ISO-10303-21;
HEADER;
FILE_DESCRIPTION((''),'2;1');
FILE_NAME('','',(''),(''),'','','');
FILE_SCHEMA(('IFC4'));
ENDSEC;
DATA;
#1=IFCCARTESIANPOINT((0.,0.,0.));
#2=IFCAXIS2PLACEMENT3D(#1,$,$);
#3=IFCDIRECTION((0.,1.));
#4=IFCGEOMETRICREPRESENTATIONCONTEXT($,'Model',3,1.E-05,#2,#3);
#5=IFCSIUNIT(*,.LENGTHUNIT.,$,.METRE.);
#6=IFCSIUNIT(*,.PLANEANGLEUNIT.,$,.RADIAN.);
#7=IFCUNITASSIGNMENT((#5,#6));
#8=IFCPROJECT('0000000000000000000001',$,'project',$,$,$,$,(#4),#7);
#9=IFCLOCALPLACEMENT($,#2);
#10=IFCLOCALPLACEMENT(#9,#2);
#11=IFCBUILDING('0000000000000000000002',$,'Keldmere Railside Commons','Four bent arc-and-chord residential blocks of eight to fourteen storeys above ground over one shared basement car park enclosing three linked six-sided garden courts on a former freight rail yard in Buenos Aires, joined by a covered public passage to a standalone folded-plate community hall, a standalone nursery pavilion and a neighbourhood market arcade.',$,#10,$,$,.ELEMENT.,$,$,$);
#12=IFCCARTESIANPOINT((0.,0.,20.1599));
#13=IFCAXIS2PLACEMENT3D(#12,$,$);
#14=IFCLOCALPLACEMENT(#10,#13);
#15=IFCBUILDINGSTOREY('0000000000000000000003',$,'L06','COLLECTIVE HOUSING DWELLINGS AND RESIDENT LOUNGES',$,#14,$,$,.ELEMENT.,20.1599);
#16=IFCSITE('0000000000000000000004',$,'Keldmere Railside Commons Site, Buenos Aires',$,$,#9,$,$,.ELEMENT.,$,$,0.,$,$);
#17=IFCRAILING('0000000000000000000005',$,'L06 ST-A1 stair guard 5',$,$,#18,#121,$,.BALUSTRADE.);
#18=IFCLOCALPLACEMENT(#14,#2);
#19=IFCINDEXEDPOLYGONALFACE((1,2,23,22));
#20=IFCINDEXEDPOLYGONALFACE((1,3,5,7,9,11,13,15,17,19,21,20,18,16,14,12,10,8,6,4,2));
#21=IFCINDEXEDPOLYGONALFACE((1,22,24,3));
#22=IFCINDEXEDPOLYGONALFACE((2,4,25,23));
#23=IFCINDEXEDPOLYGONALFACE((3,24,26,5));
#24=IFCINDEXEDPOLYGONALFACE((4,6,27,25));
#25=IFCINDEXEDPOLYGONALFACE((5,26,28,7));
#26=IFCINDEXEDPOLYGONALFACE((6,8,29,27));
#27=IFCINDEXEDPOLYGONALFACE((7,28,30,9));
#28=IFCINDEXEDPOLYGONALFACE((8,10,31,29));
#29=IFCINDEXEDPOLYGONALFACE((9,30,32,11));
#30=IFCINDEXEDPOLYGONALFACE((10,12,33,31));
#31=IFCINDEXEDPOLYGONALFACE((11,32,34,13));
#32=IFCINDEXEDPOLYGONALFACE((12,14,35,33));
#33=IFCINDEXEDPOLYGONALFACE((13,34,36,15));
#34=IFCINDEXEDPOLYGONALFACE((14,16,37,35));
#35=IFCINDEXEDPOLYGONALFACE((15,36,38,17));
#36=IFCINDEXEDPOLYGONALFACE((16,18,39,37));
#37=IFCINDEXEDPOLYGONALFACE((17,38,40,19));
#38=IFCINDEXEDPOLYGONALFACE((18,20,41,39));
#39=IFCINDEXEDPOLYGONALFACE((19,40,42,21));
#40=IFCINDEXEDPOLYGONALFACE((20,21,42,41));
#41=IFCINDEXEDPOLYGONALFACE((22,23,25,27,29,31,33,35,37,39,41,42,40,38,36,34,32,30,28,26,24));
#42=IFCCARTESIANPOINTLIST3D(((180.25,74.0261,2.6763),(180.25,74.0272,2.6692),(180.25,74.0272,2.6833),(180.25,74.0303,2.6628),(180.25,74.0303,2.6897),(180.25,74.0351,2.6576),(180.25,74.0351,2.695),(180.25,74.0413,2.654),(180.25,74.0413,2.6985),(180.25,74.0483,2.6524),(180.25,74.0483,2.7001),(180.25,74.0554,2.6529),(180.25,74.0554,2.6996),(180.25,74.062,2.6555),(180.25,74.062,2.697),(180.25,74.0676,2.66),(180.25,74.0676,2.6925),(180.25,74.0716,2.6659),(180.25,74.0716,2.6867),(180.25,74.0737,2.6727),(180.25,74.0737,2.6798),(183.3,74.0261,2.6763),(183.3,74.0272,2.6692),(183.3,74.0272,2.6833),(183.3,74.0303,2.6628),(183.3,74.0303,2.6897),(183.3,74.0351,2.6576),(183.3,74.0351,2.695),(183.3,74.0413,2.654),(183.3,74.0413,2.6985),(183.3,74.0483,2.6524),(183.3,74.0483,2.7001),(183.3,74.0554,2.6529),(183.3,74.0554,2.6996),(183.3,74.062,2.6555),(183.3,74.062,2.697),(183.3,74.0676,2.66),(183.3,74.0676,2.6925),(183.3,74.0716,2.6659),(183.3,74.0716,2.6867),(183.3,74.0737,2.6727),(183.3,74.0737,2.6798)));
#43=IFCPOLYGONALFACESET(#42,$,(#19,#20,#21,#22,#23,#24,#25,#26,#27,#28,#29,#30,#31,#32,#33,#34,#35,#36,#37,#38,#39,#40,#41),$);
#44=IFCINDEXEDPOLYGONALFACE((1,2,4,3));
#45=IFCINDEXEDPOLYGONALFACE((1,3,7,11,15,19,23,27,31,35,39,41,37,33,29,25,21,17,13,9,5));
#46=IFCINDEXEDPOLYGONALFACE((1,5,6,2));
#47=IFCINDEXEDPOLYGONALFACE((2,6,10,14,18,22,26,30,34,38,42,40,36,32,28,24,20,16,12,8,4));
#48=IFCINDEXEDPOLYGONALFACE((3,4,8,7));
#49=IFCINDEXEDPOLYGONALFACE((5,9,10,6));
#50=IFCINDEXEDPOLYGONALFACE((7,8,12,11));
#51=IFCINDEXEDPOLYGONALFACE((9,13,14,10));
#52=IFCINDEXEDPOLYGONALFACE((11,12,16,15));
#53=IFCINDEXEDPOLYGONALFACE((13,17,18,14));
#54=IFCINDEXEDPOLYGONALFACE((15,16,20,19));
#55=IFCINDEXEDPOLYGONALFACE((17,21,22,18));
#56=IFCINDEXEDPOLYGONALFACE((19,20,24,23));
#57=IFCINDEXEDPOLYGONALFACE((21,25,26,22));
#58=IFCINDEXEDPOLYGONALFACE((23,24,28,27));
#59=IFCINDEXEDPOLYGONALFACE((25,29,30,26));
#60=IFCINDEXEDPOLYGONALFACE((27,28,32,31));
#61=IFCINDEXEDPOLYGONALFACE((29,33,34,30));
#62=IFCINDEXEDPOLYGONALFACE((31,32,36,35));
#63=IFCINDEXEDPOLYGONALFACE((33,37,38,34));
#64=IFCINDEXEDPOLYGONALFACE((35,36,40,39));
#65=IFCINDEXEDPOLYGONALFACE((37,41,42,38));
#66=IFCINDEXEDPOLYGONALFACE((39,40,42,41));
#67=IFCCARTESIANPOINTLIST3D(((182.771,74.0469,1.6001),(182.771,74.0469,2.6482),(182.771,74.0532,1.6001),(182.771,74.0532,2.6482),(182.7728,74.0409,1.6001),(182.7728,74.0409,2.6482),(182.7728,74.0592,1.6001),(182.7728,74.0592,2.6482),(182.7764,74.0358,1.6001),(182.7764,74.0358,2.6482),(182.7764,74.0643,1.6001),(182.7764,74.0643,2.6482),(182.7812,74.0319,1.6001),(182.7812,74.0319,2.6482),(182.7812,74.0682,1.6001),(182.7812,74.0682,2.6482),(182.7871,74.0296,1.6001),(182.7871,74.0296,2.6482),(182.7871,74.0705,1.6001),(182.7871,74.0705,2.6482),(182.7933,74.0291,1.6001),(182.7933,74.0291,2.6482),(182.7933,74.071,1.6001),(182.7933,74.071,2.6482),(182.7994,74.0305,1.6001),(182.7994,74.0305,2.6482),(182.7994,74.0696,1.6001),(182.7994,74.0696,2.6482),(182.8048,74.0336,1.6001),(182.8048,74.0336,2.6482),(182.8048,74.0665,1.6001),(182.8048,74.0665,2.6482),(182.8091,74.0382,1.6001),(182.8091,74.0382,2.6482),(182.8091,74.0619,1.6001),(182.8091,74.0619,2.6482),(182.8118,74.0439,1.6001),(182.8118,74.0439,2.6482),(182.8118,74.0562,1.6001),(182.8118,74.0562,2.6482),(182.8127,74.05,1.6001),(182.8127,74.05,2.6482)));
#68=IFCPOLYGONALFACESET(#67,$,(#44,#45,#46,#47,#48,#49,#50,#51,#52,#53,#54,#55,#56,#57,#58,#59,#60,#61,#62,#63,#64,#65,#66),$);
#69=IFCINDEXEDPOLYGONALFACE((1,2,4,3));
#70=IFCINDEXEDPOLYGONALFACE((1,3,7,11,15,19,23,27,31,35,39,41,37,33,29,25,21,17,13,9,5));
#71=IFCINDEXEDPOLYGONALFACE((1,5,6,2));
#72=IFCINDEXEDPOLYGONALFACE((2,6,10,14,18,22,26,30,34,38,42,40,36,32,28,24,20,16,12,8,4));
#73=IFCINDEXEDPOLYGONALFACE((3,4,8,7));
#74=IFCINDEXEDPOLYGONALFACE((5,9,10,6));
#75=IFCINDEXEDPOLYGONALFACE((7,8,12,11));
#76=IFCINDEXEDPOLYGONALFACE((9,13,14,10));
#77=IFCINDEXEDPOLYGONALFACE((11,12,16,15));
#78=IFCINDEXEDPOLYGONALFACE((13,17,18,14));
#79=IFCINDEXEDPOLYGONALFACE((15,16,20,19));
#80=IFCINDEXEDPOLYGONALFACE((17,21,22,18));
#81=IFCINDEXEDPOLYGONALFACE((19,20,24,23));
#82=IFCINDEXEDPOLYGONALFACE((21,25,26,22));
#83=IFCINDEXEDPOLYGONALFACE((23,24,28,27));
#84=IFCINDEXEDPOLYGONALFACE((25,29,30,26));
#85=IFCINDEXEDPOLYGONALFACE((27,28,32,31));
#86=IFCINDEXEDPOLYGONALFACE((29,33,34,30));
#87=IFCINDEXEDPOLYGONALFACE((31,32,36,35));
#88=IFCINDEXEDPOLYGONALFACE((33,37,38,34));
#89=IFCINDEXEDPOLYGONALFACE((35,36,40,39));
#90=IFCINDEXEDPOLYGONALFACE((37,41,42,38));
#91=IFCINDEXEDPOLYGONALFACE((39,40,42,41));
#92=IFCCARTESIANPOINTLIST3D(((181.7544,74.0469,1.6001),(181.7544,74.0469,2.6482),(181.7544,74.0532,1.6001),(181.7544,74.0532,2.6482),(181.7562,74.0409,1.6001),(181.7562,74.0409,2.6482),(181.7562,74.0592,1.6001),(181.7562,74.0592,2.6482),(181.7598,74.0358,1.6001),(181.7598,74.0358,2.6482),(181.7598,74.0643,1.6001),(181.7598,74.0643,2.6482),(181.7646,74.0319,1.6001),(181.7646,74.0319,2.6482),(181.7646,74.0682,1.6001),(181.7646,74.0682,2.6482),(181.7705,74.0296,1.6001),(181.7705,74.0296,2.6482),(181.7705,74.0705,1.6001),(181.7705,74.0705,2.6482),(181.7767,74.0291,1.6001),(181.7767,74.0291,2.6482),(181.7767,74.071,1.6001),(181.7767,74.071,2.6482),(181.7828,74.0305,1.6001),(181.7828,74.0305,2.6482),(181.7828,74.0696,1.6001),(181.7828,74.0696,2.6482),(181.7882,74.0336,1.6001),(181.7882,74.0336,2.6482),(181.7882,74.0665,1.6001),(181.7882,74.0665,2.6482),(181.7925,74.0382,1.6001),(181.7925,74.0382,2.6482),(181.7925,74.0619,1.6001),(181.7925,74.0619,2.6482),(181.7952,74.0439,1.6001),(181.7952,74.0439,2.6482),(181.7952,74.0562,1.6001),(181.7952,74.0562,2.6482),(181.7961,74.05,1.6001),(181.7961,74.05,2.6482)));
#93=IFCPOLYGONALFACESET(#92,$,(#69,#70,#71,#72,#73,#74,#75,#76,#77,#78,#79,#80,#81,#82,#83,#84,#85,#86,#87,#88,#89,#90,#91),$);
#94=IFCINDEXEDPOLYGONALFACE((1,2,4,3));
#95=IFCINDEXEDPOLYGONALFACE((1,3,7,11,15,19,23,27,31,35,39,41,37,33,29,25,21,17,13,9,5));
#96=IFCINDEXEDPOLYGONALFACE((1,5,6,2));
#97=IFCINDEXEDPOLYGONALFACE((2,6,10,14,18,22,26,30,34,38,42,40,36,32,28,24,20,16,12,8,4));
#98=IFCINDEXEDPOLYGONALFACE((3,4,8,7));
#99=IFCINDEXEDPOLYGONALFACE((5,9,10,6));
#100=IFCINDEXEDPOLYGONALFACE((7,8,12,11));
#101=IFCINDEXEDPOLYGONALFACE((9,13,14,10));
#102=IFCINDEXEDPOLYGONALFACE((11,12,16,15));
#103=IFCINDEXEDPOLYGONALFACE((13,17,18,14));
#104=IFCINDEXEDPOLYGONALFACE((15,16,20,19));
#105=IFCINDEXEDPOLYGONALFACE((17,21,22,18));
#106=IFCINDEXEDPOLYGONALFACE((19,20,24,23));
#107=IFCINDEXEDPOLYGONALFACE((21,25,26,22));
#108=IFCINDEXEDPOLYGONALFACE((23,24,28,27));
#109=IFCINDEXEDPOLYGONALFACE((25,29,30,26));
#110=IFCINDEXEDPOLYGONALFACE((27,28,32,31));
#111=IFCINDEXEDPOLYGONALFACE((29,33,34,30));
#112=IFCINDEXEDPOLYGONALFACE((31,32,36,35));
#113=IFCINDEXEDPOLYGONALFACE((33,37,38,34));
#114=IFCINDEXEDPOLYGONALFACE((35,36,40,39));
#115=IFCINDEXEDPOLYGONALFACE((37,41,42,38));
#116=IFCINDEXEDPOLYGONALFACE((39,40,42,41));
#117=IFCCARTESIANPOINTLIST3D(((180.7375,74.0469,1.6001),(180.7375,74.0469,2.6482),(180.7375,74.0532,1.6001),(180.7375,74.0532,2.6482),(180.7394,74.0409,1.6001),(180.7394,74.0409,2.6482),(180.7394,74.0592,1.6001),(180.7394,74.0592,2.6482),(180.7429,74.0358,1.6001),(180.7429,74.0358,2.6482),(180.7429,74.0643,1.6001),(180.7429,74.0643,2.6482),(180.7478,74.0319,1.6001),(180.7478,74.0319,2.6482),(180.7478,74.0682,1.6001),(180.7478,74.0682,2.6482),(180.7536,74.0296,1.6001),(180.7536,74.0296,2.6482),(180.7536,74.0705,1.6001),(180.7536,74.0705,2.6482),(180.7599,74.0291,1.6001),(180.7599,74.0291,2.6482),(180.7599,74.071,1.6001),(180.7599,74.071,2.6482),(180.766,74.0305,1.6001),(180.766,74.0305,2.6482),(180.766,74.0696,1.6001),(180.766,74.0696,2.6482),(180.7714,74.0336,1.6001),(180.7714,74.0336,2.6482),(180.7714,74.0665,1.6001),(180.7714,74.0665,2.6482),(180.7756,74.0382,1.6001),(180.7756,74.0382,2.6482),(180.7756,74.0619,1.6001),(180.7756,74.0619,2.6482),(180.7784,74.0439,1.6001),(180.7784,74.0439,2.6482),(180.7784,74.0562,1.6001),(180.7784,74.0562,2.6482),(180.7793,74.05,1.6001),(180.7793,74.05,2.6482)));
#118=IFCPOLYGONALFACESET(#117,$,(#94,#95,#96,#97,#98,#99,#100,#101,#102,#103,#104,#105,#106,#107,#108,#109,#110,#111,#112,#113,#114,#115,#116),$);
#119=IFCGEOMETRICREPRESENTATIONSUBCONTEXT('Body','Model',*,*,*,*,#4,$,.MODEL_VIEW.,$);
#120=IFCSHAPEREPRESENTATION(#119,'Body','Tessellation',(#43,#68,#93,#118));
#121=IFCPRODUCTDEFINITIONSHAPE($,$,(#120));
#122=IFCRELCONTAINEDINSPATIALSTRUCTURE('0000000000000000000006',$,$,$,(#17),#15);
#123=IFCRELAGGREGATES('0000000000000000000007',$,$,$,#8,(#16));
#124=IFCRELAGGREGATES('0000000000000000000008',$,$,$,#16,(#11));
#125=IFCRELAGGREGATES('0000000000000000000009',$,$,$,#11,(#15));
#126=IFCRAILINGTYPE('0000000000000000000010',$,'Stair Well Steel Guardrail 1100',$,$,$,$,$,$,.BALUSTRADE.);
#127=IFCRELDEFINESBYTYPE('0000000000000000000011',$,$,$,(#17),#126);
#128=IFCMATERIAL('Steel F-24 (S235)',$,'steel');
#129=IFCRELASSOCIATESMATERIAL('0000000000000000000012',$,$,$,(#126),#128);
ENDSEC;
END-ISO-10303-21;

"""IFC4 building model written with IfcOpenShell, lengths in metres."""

from ifc_helpers import new_model, si_unit, direction, frame, origin, origin_2d, place, context, subcontext, project, spatial, circle, extrude, material, type_object, element, save


model = new_model("IFC4")

# Units and contexts
model_context = context("Model", 3, precision=1e-05, world=origin(), true_north=direction((0.0, 1.0)))
body_context = subcontext(model_context, "Body", "Model", "MODEL_VIEW")
ifc_project = project(units=[si_unit("LENGTHUNIT", "METRE"), si_unit("PLANEANGLEUNIT", "RADIAN")], contexts=[model_context])

# Site, building, storey
site_placement = place(None, origin())
site = spatial("IfcSite", under=ifc_project, at=site_placement, Name="Keldmere Railside Commons Site, Buenos Aires", CompositionType="ELEMENT", RefElevation=0.0)
building_placement = place(site_placement, origin())
building = spatial("IfcBuilding", under=site, at=building_placement, Name="Keldmere Railside Commons", Description="Four bent arc-and-chord residential blocks of eight to fourteen storeys above ground over one shared basement car park enclosing three linked six-sided garden courts on a former freight rail yard in Buenos Aires, joined by a covered public passage to a standalone folded-plate community hall, a standalone nursery pavilion and a neighbourhood market arcade.", CompositionType="ELEMENT")
storey_placement = place(building_placement, frame((0.0, 0.0, 20.1599)))
storey = spatial("IfcBuildingStorey", under=building, at=storey_placement, Name="L06", Description="COLLECTIVE HOUSING DWELLINGS AND RESIDENT LOUNGES", CompositionType="ELEMENT", Elevation=20.1599)

# Shared definitions
ifc_material_1 = material(Name="Steel F-24 (S235)", Category="steel")

# Railing
railing_type_1 = type_object("IfcRailingType", Name="Stair Well Steel Guardrail 1100", PredefinedType="BALUSTRADE", material=ifc_material_1)
railing_1_placement = place(storey_placement, frame((183.3, 74.05, 1.6001)))
element("IfcRailing", 1, at=railing_1_placement, inside=storey, type_object=railing_type_1, Name="L06 ST-A1 stair guard 5", PredefinedType="BALUSTRADE", context=body_context, shape_type="SweptSolid", body=[
    extrude(circle(Radius=0.0239, at=origin_2d()), frame((0.0, 0.0, 1.0762), z_axis=(-1.0, 0.0, 0.0), x_axis=(0.0, -1.0, 0.0)), (0.0, 0.0, 1.0), 3.05),
    extrude(circle(Radius=0.021, at=origin_2d()), frame((-0.5083, 0.0, 0.0)), (0.0, 0.0, 1.0), 1.0481),
    extrude(circle(Radius=0.021, at=origin_2d()), frame((-1.5249, 0.0, 0.0)), (0.0, 0.0, 1.0), 1.0481),
    extrude(circle(Radius=0.021, at=origin_2d()), frame((-2.5417, 0.0, 0.0)), (0.0, 0.0, 1.0), 1.0481),
])

save(model, "model.ifc")
